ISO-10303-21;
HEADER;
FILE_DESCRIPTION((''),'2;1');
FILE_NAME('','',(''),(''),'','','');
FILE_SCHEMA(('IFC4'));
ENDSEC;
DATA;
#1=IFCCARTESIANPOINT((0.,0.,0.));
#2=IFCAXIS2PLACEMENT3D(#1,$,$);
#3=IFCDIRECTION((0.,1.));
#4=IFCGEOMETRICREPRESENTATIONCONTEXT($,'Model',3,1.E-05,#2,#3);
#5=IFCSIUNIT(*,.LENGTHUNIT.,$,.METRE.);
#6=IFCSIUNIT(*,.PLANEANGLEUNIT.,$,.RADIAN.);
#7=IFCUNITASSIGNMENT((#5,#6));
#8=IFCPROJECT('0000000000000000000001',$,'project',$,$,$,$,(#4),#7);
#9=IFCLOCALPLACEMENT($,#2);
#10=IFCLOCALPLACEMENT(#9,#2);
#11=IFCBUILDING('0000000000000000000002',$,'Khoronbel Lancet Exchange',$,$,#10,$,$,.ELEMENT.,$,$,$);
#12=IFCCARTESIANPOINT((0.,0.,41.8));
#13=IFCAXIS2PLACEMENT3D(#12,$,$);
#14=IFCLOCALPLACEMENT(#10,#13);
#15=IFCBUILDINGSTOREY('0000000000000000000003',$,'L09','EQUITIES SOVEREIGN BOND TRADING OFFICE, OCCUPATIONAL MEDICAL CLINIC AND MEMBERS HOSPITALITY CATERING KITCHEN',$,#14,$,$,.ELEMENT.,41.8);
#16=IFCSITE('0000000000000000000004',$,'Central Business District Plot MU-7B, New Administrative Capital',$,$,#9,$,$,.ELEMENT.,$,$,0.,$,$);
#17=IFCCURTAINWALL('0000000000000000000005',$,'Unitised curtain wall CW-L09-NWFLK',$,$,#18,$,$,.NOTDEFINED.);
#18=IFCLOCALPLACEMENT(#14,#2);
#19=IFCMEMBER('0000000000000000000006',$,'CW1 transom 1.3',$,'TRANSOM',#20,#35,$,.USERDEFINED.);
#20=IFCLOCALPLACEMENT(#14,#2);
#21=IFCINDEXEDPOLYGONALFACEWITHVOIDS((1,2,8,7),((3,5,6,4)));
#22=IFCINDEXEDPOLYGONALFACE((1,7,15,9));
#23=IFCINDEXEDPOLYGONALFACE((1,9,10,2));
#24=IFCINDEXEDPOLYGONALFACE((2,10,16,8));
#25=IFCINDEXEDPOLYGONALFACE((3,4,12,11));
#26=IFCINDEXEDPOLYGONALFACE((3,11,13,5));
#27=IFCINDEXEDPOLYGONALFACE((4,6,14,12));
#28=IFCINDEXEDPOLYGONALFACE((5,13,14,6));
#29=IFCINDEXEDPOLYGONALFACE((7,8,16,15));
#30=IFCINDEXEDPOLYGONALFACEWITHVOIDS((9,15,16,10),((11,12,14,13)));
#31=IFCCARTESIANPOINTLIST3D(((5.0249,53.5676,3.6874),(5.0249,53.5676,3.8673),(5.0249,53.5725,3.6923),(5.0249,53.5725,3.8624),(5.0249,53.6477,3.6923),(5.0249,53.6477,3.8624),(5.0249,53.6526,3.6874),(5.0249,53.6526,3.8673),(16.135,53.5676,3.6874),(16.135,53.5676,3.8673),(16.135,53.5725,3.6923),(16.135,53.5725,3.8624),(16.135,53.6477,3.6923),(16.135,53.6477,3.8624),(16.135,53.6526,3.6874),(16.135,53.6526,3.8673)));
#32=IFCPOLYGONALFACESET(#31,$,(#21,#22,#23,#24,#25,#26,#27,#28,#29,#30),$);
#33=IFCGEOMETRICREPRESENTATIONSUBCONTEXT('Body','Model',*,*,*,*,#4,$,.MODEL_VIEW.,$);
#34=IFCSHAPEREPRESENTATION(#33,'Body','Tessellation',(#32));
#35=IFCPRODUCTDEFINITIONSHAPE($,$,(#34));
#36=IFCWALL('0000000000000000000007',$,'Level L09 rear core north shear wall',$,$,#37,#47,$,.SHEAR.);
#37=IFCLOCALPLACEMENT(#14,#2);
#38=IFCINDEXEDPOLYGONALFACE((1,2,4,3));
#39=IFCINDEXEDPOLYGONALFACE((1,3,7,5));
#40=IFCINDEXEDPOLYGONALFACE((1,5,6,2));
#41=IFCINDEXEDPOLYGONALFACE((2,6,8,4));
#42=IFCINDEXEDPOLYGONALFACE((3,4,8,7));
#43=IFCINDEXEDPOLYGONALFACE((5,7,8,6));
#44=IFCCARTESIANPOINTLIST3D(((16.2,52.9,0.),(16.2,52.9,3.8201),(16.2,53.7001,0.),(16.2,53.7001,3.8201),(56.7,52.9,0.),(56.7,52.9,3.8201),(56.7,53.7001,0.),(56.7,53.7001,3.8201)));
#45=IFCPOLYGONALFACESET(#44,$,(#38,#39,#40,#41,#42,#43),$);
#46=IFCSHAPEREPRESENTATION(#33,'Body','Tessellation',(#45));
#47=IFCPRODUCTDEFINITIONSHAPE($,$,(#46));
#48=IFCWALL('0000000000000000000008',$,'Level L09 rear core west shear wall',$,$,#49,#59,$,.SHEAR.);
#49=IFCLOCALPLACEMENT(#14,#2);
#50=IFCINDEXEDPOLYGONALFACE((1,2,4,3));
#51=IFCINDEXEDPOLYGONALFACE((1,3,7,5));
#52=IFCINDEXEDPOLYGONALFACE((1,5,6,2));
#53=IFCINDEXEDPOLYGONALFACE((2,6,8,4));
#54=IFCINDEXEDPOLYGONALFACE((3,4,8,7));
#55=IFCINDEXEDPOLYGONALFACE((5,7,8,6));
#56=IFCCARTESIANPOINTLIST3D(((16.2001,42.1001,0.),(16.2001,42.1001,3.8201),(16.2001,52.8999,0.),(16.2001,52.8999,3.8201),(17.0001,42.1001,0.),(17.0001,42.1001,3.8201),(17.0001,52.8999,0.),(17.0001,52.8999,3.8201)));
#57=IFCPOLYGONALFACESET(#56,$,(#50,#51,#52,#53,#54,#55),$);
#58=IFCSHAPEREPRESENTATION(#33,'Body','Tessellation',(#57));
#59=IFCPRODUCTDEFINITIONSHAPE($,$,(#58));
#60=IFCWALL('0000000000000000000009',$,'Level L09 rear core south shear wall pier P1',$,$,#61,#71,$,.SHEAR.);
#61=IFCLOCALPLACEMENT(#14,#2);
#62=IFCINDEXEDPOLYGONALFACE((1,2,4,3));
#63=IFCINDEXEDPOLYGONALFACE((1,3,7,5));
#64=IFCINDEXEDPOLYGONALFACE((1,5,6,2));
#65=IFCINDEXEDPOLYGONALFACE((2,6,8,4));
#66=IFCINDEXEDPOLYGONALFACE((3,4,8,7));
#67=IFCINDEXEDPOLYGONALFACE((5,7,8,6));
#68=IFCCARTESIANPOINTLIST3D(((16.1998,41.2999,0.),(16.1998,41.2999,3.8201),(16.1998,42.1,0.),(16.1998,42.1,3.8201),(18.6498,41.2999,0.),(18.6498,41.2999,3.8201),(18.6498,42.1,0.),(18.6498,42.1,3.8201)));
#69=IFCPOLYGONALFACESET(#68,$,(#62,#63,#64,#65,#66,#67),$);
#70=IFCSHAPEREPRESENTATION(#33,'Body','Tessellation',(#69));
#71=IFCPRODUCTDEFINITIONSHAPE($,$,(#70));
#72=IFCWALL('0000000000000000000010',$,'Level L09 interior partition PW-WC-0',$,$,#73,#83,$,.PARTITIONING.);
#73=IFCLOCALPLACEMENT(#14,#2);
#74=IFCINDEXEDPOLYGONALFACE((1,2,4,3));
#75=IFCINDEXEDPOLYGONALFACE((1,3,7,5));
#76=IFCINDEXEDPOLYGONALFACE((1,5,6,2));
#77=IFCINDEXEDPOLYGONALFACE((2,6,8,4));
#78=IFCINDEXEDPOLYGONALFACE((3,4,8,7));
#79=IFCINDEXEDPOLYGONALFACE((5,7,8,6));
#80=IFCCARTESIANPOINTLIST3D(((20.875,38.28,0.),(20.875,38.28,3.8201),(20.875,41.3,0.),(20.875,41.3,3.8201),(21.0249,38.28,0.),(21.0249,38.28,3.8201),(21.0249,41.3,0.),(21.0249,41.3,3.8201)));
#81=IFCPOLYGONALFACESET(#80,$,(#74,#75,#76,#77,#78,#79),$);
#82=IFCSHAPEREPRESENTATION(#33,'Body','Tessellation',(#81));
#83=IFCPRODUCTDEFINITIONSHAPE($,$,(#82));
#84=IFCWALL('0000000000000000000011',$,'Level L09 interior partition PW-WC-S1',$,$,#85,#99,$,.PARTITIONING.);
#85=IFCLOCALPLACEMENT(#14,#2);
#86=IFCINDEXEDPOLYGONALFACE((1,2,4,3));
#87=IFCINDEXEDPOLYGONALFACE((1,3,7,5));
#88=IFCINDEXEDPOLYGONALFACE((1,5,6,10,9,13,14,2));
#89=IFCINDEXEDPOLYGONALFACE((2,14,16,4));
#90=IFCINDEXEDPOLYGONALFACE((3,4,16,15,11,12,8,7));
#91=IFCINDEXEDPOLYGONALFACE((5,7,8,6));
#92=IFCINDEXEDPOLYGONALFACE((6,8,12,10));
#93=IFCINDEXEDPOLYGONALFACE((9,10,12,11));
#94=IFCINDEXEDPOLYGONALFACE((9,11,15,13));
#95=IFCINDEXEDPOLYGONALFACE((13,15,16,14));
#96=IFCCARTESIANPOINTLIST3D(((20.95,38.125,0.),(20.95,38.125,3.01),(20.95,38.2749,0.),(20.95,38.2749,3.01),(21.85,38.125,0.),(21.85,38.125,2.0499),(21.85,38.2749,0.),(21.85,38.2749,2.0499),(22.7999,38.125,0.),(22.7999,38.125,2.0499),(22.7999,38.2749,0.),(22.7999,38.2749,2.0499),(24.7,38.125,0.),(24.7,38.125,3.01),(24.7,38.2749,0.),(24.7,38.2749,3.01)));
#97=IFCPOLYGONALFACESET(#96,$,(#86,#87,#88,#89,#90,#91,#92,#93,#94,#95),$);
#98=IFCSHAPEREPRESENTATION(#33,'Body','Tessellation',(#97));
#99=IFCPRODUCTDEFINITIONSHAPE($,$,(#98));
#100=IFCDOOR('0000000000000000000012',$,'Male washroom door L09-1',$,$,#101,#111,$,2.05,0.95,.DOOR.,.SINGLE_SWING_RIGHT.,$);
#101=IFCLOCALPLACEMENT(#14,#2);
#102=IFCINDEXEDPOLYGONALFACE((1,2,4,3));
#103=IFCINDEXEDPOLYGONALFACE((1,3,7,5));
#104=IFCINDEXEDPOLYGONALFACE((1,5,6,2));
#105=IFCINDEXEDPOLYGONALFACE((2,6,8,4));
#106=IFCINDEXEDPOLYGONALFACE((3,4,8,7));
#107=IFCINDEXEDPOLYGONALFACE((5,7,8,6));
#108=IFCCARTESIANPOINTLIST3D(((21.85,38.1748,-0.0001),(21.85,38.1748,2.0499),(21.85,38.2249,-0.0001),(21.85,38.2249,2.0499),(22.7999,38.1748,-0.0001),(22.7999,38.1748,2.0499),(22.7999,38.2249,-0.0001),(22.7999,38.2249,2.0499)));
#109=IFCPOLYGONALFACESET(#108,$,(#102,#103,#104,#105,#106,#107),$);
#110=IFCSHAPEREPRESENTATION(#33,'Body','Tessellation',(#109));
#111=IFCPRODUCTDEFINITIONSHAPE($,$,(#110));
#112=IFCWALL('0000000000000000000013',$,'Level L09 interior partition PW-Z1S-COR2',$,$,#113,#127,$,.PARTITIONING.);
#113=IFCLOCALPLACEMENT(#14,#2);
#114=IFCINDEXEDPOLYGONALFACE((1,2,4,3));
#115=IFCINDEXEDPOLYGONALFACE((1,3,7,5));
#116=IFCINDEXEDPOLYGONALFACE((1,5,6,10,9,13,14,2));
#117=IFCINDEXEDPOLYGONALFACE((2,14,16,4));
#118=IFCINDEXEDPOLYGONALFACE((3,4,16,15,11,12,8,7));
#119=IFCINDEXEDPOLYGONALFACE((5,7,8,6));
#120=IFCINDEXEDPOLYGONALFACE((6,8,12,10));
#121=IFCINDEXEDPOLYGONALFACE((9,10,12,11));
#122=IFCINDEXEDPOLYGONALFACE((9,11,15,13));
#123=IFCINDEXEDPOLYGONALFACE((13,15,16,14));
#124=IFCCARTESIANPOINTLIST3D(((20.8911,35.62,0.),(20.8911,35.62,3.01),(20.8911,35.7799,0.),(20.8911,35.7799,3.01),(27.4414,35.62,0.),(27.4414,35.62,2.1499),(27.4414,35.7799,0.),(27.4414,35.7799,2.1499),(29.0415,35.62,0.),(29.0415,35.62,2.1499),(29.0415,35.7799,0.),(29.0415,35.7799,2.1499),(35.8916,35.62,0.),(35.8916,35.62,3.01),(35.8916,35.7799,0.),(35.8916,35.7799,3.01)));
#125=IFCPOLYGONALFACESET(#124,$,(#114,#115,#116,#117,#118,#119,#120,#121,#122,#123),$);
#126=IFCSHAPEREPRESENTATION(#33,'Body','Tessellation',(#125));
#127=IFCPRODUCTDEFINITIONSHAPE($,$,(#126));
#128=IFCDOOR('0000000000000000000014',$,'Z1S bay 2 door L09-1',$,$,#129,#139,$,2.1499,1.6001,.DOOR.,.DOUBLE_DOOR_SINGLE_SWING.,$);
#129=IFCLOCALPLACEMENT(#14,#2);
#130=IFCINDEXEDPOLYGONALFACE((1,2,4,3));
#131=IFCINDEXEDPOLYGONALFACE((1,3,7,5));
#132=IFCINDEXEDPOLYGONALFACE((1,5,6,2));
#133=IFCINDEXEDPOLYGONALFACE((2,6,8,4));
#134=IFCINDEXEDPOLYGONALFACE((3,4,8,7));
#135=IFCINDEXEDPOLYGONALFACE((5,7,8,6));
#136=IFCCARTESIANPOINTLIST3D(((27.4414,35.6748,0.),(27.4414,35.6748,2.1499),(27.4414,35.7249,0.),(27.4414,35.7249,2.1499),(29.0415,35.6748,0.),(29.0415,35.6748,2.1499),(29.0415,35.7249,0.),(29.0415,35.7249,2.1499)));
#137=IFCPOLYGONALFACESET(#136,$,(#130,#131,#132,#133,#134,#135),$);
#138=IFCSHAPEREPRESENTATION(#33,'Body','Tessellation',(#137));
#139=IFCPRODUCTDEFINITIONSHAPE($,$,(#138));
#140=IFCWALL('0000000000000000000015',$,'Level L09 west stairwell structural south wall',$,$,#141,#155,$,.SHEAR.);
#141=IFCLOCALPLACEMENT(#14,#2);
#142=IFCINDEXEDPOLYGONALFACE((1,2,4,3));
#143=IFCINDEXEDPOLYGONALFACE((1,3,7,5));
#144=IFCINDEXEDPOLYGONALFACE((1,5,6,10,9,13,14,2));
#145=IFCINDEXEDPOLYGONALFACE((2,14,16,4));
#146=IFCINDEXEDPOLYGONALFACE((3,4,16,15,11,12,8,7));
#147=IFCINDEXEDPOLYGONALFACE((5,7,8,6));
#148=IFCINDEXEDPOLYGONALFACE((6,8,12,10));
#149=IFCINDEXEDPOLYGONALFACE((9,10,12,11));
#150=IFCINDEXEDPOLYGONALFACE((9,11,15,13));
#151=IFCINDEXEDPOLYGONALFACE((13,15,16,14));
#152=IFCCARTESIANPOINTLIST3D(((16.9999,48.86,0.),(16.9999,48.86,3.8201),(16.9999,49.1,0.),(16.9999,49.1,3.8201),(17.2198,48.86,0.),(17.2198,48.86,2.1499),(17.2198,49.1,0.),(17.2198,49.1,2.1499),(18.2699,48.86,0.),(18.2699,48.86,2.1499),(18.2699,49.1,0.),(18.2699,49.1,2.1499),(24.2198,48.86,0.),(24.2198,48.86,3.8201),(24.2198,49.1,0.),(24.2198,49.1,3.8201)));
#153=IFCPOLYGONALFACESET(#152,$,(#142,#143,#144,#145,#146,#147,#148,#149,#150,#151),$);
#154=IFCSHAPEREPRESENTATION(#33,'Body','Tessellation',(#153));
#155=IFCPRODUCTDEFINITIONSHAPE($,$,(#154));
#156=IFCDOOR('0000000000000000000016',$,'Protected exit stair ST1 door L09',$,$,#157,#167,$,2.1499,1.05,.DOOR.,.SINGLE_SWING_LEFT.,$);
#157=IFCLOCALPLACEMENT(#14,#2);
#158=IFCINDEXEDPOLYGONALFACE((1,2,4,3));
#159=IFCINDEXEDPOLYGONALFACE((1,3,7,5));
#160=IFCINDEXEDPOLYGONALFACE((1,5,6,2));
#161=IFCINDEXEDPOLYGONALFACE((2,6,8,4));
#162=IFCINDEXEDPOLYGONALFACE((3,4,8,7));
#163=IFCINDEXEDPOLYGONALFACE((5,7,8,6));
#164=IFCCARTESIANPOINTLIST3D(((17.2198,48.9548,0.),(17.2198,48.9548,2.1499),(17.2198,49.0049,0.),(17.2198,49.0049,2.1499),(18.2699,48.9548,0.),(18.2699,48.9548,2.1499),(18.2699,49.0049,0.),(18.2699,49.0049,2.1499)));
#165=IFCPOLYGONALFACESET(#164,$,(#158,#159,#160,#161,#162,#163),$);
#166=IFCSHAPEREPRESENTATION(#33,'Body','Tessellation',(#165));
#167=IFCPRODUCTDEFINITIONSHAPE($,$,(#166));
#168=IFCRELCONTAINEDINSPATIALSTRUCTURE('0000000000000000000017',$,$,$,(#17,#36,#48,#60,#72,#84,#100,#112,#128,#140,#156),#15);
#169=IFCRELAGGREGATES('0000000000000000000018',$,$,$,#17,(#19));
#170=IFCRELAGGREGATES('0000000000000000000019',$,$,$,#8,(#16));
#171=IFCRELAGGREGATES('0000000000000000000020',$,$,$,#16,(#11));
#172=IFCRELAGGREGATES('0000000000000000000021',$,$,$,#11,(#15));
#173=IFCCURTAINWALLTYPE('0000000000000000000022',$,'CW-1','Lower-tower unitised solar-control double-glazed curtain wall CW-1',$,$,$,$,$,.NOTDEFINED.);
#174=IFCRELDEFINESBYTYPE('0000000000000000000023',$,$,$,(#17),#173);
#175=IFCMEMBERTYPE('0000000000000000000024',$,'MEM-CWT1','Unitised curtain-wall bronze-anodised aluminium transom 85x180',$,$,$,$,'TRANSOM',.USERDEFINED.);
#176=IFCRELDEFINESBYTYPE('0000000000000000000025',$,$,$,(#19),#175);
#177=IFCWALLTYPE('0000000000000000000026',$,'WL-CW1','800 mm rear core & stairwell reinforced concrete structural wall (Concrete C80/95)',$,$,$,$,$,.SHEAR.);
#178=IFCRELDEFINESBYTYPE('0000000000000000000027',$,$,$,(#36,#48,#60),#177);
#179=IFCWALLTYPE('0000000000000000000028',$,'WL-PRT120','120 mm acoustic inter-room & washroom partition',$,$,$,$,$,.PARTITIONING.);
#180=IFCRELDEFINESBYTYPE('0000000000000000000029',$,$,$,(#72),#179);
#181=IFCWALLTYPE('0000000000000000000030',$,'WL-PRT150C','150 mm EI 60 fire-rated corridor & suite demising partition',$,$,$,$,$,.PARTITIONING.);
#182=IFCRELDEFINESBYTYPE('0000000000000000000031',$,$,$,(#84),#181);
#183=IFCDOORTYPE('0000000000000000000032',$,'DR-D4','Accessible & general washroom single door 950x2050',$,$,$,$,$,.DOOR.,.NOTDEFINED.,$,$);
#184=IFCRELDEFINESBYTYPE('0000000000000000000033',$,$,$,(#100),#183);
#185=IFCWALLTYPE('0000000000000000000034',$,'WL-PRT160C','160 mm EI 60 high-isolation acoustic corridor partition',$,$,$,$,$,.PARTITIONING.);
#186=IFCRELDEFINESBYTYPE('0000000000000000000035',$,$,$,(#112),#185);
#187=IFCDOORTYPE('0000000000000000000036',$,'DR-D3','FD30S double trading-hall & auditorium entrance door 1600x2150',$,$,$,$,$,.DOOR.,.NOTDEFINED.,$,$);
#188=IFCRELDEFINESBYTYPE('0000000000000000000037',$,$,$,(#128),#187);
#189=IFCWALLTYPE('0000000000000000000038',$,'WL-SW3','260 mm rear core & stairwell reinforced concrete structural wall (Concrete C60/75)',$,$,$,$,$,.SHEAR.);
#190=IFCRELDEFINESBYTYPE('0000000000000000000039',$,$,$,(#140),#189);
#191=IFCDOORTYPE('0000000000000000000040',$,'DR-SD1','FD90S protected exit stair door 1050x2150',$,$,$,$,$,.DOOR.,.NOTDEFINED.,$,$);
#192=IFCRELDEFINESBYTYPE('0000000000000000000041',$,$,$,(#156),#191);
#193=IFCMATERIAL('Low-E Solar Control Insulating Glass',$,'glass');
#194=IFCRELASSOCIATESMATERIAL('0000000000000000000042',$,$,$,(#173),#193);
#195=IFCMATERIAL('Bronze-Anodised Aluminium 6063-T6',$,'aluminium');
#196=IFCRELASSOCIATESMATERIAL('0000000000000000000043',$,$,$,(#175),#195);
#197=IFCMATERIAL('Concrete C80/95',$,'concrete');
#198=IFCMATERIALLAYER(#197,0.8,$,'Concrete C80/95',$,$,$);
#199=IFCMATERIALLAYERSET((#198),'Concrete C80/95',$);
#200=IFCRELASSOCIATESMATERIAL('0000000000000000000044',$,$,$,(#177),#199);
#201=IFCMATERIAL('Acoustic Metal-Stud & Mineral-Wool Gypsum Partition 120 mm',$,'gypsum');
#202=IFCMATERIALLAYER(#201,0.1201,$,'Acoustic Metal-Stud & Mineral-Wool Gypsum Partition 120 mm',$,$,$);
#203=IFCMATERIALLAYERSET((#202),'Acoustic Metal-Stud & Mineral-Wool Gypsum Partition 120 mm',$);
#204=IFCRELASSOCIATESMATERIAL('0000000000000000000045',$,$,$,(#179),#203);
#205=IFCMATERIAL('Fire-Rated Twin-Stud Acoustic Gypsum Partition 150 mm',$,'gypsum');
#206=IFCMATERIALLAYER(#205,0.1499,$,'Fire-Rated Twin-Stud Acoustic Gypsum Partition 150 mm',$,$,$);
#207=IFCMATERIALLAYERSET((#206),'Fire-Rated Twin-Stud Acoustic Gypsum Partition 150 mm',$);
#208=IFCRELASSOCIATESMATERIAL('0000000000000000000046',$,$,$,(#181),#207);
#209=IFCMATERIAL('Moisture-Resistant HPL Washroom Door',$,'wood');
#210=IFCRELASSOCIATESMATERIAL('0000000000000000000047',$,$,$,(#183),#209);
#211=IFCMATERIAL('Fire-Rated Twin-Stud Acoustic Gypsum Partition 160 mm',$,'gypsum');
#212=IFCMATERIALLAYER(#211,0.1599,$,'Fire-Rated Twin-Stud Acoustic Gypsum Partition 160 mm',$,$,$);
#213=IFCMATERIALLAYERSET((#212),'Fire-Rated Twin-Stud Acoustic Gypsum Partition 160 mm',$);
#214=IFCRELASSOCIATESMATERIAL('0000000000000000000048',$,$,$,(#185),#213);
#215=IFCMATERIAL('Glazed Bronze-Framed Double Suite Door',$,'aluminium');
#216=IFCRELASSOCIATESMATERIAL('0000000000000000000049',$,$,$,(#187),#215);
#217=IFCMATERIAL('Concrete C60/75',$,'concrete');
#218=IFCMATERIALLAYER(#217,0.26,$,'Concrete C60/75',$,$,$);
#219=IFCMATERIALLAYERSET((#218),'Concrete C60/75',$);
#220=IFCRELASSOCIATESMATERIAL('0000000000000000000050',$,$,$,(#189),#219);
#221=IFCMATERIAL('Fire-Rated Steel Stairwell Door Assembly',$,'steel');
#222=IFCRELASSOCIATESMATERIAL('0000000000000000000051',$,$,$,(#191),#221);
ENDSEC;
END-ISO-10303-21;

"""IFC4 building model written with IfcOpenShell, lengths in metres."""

from ifc_helpers import new_model, si_unit, direction, frame, frame_2d, origin, origin_2d, place, context, subcontext, project, spatial, rectangle, hollow_rectangle, extrude, material, layer, layer_set, material_profile, profile_set, type_object, element, fill, aggregate, save


model = new_model("IFC4")

# Units and contexts
model_context = context("Model", 3, precision=1e-05, world=origin(), true_north=direction((0.0, 1.0)))
body_context = subcontext(model_context, "Body", "Model", "MODEL_VIEW")
ifc_project = project(units=[si_unit("LENGTHUNIT", "METRE"), si_unit("PLANEANGLEUNIT", "RADIAN")], contexts=[model_context])

# Site, building, storey
site_placement = place(None, origin())
site = spatial("IfcSite", under=ifc_project, at=site_placement, Name="Central Business District Plot MU-7B, New Administrative Capital", CompositionType="ELEMENT", RefElevation=0.0)
building_placement = place(site_placement, origin())
building = spatial("IfcBuilding", under=site, at=building_placement, Name="Khoronbel Lancet Exchange", CompositionType="ELEMENT")
storey_placement = place(building_placement, frame((0.0, 0.0, 41.8)))
storey = spatial("IfcBuildingStorey", under=building, at=storey_placement, Name="L09", Description="EQUITIES SOVEREIGN BOND TRADING OFFICE, OCCUPATIONAL MEDICAL CLINIC AND MEMBERS HOSPITALITY CATERING KITCHEN", CompositionType="ELEMENT", Elevation=41.8)

# Shared definitions
ifc_material_1 = material(Name="Concrete C80/95", Category="concrete")

# Curtain wall, member
ifc_material_2 = material(Name="Low-E Solar Control Insulating Glass", Category="glass")
curtain_wall_type = type_object("IfcCurtainWallType", Name="CW-1", Description="Lower-tower unitised solar-control double-glazed curtain wall CW-1", PredefinedType="NOTDEFINED", material=ifc_material_2)
curtain_wall_placement = place(storey_placement, origin())
curtain_wall = element("IfcCurtainWall", 1, at=curtain_wall_placement, inside=storey, type_object=curtain_wall_type, Name="Unitised curtain wall CW-L09-NWFLK", PredefinedType="NOTDEFINED")
ifc_material_3 = material(Name="Bronze-Anodised Aluminium 6063-T6", Category="aluminium")
ifc_material_profile_1 = material_profile(ifc_material_3, hollow_rectangle(XDim=0.085, YDim=0.1799, WallThickness=0.0049, at=origin_2d()), Name="ALU TRANSOM 85x180")
ifc_profile_set_1 = profile_set([ifc_material_profile_1], Name="Bronze-Anodised Aluminium 6063-T6")
member_type_1 = type_object("IfcMemberType", Name="MEM-CWT1", Description="Unitised curtain-wall bronze-anodised aluminium transom 85x180", ElementType="TRANSOM", PredefinedType="USERDEFINED", material=ifc_profile_set_1)
member_1_placement = place(storey_placement, frame((16.135, 53.6101, 3.7773), z_axis=(-1.0, 0.0, 0.0), x_axis=(0.0, -1.0, 0.0)))
member_1 = element("IfcMember", 2, at=member_1_placement, type_object=member_type_1, Name="CW1 transom 1.3", ObjectType="TRANSOM", PredefinedType="USERDEFINED", context=body_context, shape_type="SweptSolid", body=[
    extrude(hollow_rectangle(XDim=0.085, YDim=0.1799, WallThickness=0.0049, at=origin_2d()), origin(), (0.0, 0.0, 1.0), 11.1101),
])
aggregate(curtain_wall, [member_1])

# Walls
ifc_layer_1 = layer(ifc_material_1, 0.8, Name="Concrete C80/95")
ifc_layer_set_1 = layer_set([ifc_layer_1], Name="Concrete C80/95")
wall_type_1 = type_object("IfcWallType", Name="WL-CW1", Description="800 mm rear core & stairwell reinforced concrete structural wall (Concrete C80/95)", PredefinedType="SHEAR", material=ifc_layer_set_1)
wall_1_placement = place(storey_placement, frame((16.2, 53.3, 0.0), z_axis=(0.0, 0.0, 1.0), x_axis=(1.0, 0.0, 0.0)))
element("IfcWall", 3, at=wall_1_placement, inside=storey, type_object=wall_type_1, Name="Level L09 rear core north shear wall", PredefinedType="SHEAR", context=body_context, shape_type="SweptSolid", body=[
    extrude(rectangle(XDim=40.5, YDim=0.8, at=frame_2d((20.25, 0.0))), origin(), (0.0, 0.0, 1.0), 3.8201),
])
wall_2_placement = place(storey_placement, frame((16.6001, 42.1001, 0.0), z_axis=(0.0, 0.0, 1.0), x_axis=(0.0, 1.0, 0.0)))
element("IfcWall", 4, at=wall_2_placement, inside=storey, type_object=wall_type_1, Name="Level L09 rear core west shear wall", PredefinedType="SHEAR", context=body_context, shape_type="SweptSolid", body=[
    extrude(rectangle(XDim=10.7998, YDim=0.8, at=frame_2d((5.3999, 0.0))), origin(), (0.0, 0.0, 1.0), 3.8201),
])
wall_3_placement = place(storey_placement, frame((18.6499, 41.7, 0.0), z_axis=(0.0, 0.0, 1.0), x_axis=(-1.0, 0.0, 0.0)))
element("IfcWall", 5, at=wall_3_placement, inside=storey, type_object=wall_type_1, Name="Level L09 rear core south shear wall pier P1", PredefinedType="SHEAR", context=body_context, shape_type="SweptSolid", body=[
    extrude(rectangle(XDim=2.45, YDim=0.8, at=frame_2d((1.2251, 0.0))), origin(), (0.0, 0.0, 1.0), 3.8201),
])
ifc_material_4 = material(Name="Acoustic Metal-Stud & Mineral-Wool Gypsum Partition 120 mm", Category="gypsum")
ifc_layer_2 = layer(ifc_material_4, 0.1201, Name="Acoustic Metal-Stud & Mineral-Wool Gypsum Partition 120 mm")
ifc_layer_set_2 = layer_set([ifc_layer_2], Name="Acoustic Metal-Stud & Mineral-Wool Gypsum Partition 120 mm")
wall_type_2 = type_object("IfcWallType", Name="WL-PRT120", Description="120 mm acoustic inter-room & washroom partition", PredefinedType="PARTITIONING", material=ifc_layer_set_2)
wall_4_placement = place(storey_placement, frame((20.95, 38.28, 0.0), z_axis=(0.0, 0.0, 1.0), x_axis=(0.0, 1.0, 0.0)))
element("IfcWall", 6, at=wall_4_placement, inside=storey, type_object=wall_type_2, Name="Level L09 interior partition PW-WC-0", PredefinedType="PARTITIONING", context=body_context, shape_type="SweptSolid", body=[
    extrude(rectangle(XDim=3.02, YDim=0.1499, at=frame_2d((1.51, 0.0))), origin(), (0.0, 0.0, 1.0), 3.8201),
])

# Walls, openings, doors
ifc_material_5 = material(Name="Fire-Rated Twin-Stud Acoustic Gypsum Partition 150 mm", Category="gypsum")
ifc_layer_3 = layer(ifc_material_5, 0.1499, Name="Fire-Rated Twin-Stud Acoustic Gypsum Partition 150 mm")
ifc_layer_set_3 = layer_set([ifc_layer_3], Name="Fire-Rated Twin-Stud Acoustic Gypsum Partition 150 mm")
wall_type_3 = type_object("IfcWallType", Name="WL-PRT150C", Description="150 mm EI 60 fire-rated corridor & suite demising partition", PredefinedType="PARTITIONING", material=ifc_layer_set_3)
wall_5_placement = place(storey_placement, frame((20.95, 38.2, 0.0), z_axis=(0.0, 0.0, 1.0), x_axis=(1.0, 0.0, 0.0)))
wall_5 = element("IfcWall", 7, at=wall_5_placement, inside=storey, type_object=wall_type_3, Name="Level L09 interior partition PW-WC-S1", PredefinedType="PARTITIONING", context=body_context, shape_type="SweptSolid", body=[
    extrude(rectangle(XDim=3.75, YDim=0.1499, at=frame_2d((1.875, 0.0))), origin(), (0.0, 0.0, 1.0), 3.01),
])
opening_1_placement = place(wall_5_placement, frame((0.8999, 0.0, 0.0)))
opening_1 = element("IfcOpeningElement", 8, at=opening_1_placement, cuts=wall_5, PredefinedType="OPENING", context=body_context, shape_type="SweptSolid", body=[
    extrude(rectangle(XDim=0.95, YDim=2.05, at=frame_2d((0.4751, 1.0249))), frame((0.0, 0.085, 0.0), z_axis=(0.0, -1.0, 0.0), x_axis=(1.0, 0.0, 0.0)), (0.0, 0.0, 1.0), 0.1699),
])
ifc_material_6 = material(Name="Moisture-Resistant HPL Washroom Door", Category="wood")
door_type_1 = type_object("IfcDoorType", Name="DR-D4", Description="Accessible & general washroom single door 950x2050", OperationType="NOTDEFINED", PredefinedType="DOOR", material=ifc_material_6)
door_1_placement = place(opening_1_placement, origin())
door_1 = element("IfcDoor", 9, at=door_1_placement, inside=storey, type_object=door_type_1, Name="Male washroom door L09-1", OperationType="SINGLE_SWING_RIGHT", OverallHeight=2.05, OverallWidth=0.95, PredefinedType="DOOR", context=body_context, shape_type="SweptSolid", body=[
    extrude(rectangle(XDim=0.95, YDim=2.05, at=frame_2d((0.4751, 1.0249))), frame((0.0, 0.0249, 0.0), z_axis=(0.0, -1.0, 0.0), x_axis=(1.0, 0.0, 0.0)), (0.0, 0.0, 1.0), 0.05),
])
fill(opening_1, door_1)
ifc_material_7 = material(Name="Fire-Rated Twin-Stud Acoustic Gypsum Partition 160 mm", Category="gypsum")
ifc_layer_4 = layer(ifc_material_7, 0.1599, Name="Fire-Rated Twin-Stud Acoustic Gypsum Partition 160 mm")
ifc_layer_set_4 = layer_set([ifc_layer_4], Name="Fire-Rated Twin-Stud Acoustic Gypsum Partition 160 mm")
wall_type_4 = type_object("IfcWallType", Name="WL-PRT160C", Description="160 mm EI 60 high-isolation acoustic corridor partition", PredefinedType="PARTITIONING", material=ifc_layer_set_4)
wall_6_placement = place(storey_placement, frame((20.8911, 35.7, 0.0), z_axis=(0.0, 0.0, 1.0), x_axis=(1.0, 0.0, 0.0)))
wall_6 = element("IfcWall", 10, at=wall_6_placement, inside=storey, type_object=wall_type_4, Name="Level L09 interior partition PW-Z1S-COR2", PredefinedType="PARTITIONING", context=body_context, shape_type="SweptSolid", body=[
    extrude(rectangle(XDim=15.0005, YDim=0.1599, at=frame_2d((7.5002, 0.0))), origin(), (0.0, 0.0, 1.0), 3.01),
])
opening_2_placement = place(wall_6_placement, frame((6.5503, 0.0, 0.0)))
opening_2 = element("IfcOpeningElement", 11, at=opening_2_placement, cuts=wall_6, PredefinedType="OPENING", context=body_context, shape_type="SweptSolid", body=[
    extrude(rectangle(XDim=1.6001, YDim=2.1499, at=frame_2d((0.8, 1.075))), frame((0.0, 0.0898, 0.0), z_axis=(0.0, -1.0, 0.0), x_axis=(1.0, 0.0, 0.0)), (0.0, 0.0, 1.0), 0.1799),
])
ifc_material_8 = material(Name="Glazed Bronze-Framed Double Suite Door", Category="aluminium")
door_type_2 = type_object("IfcDoorType", Name="DR-D3", Description="FD30S double trading-hall & auditorium entrance door 1600x2150", OperationType="NOTDEFINED", PredefinedType="DOOR", material=ifc_material_8)
door_2_placement = place(opening_2_placement, origin())
door_2 = element("IfcDoor", 12, at=door_2_placement, inside=storey, type_object=door_type_2, Name="Z1S bay 2 door L09-1", OperationType="DOUBLE_DOOR_SINGLE_SWING", OverallHeight=2.1499, OverallWidth=1.6001, PredefinedType="DOOR", context=body_context, shape_type="SweptSolid", body=[
    extrude(rectangle(XDim=1.6001, YDim=2.1499, at=frame_2d((0.8, 1.075))), frame((0.0, 0.0249, 0.0), z_axis=(0.0, -1.0, 0.0), x_axis=(1.0, 0.0, 0.0)), (0.0, 0.0, 1.0), 0.05),
])
fill(opening_2, door_2)
ifc_material_9 = material(Name="Concrete C60/75", Category="concrete")
ifc_layer_5 = layer(ifc_material_9, 0.26, Name="Concrete C60/75")
ifc_layer_set_5 = layer_set([ifc_layer_5], Name="Concrete C60/75")
wall_type_5 = type_object("IfcWallType", Name="WL-SW3", Description="260 mm rear core & stairwell reinforced concrete structural wall (Concrete C60/75)", PredefinedType="SHEAR", material=ifc_layer_set_5)
wall_7_placement = place(storey_placement, frame((17.0, 48.98, 0.0), z_axis=(0.0, 0.0, 1.0), x_axis=(1.0, 0.0, 0.0)))
wall_7 = element("IfcWall", 13, at=wall_7_placement, inside=storey, type_object=wall_type_5, Name="Level L09 west stairwell structural south wall", PredefinedType="SHEAR", context=body_context, shape_type="SweptSolid", body=[
    extrude(rectangle(XDim=7.22, YDim=0.24, at=frame_2d((3.6099, 0.0))), origin(), (0.0, 0.0, 1.0), 3.8201),
])
opening_3_placement = place(wall_7_placement, frame((0.22, 0.0, 0.0)))
opening_3 = element("IfcOpeningElement", 14, at=opening_3_placement, cuts=wall_7, PredefinedType="OPENING", context=body_context, shape_type="SweptSolid", body=[
    extrude(rectangle(XDim=1.05, YDim=2.1499, at=frame_2d((0.5249, 1.075))), frame((0.0, 0.1299, 0.0), z_axis=(0.0, -1.0, 0.0), x_axis=(1.0, 0.0, 0.0)), (0.0, 0.0, 1.0), 0.26),
])
ifc_material_10 = material(Name="Fire-Rated Steel Stairwell Door Assembly", Category="steel")
door_type_3 = type_object("IfcDoorType", Name="DR-SD1", Description="FD90S protected exit stair door 1050x2150", OperationType="NOTDEFINED", PredefinedType="DOOR", material=ifc_material_10)
door_3_placement = place(opening_3_placement, origin())
door_3 = element("IfcDoor", 15, at=door_3_placement, inside=storey, type_object=door_type_3, Name="Protected exit stair ST1 door L09", OperationType="SINGLE_SWING_LEFT", OverallHeight=2.1499, OverallWidth=1.05, PredefinedType="DOOR", context=body_context, shape_type="SweptSolid", body=[
    extrude(rectangle(XDim=1.05, YDim=2.1499, at=frame_2d((0.5249, 1.075))), frame((0.0, 0.0249, 0.0), z_axis=(0.0, -1.0, 0.0), x_axis=(1.0, 0.0, 0.0)), (0.0, 0.0, 1.0), 0.05),
])
fill(opening_3, door_3)

save(model, "model.ifc")
